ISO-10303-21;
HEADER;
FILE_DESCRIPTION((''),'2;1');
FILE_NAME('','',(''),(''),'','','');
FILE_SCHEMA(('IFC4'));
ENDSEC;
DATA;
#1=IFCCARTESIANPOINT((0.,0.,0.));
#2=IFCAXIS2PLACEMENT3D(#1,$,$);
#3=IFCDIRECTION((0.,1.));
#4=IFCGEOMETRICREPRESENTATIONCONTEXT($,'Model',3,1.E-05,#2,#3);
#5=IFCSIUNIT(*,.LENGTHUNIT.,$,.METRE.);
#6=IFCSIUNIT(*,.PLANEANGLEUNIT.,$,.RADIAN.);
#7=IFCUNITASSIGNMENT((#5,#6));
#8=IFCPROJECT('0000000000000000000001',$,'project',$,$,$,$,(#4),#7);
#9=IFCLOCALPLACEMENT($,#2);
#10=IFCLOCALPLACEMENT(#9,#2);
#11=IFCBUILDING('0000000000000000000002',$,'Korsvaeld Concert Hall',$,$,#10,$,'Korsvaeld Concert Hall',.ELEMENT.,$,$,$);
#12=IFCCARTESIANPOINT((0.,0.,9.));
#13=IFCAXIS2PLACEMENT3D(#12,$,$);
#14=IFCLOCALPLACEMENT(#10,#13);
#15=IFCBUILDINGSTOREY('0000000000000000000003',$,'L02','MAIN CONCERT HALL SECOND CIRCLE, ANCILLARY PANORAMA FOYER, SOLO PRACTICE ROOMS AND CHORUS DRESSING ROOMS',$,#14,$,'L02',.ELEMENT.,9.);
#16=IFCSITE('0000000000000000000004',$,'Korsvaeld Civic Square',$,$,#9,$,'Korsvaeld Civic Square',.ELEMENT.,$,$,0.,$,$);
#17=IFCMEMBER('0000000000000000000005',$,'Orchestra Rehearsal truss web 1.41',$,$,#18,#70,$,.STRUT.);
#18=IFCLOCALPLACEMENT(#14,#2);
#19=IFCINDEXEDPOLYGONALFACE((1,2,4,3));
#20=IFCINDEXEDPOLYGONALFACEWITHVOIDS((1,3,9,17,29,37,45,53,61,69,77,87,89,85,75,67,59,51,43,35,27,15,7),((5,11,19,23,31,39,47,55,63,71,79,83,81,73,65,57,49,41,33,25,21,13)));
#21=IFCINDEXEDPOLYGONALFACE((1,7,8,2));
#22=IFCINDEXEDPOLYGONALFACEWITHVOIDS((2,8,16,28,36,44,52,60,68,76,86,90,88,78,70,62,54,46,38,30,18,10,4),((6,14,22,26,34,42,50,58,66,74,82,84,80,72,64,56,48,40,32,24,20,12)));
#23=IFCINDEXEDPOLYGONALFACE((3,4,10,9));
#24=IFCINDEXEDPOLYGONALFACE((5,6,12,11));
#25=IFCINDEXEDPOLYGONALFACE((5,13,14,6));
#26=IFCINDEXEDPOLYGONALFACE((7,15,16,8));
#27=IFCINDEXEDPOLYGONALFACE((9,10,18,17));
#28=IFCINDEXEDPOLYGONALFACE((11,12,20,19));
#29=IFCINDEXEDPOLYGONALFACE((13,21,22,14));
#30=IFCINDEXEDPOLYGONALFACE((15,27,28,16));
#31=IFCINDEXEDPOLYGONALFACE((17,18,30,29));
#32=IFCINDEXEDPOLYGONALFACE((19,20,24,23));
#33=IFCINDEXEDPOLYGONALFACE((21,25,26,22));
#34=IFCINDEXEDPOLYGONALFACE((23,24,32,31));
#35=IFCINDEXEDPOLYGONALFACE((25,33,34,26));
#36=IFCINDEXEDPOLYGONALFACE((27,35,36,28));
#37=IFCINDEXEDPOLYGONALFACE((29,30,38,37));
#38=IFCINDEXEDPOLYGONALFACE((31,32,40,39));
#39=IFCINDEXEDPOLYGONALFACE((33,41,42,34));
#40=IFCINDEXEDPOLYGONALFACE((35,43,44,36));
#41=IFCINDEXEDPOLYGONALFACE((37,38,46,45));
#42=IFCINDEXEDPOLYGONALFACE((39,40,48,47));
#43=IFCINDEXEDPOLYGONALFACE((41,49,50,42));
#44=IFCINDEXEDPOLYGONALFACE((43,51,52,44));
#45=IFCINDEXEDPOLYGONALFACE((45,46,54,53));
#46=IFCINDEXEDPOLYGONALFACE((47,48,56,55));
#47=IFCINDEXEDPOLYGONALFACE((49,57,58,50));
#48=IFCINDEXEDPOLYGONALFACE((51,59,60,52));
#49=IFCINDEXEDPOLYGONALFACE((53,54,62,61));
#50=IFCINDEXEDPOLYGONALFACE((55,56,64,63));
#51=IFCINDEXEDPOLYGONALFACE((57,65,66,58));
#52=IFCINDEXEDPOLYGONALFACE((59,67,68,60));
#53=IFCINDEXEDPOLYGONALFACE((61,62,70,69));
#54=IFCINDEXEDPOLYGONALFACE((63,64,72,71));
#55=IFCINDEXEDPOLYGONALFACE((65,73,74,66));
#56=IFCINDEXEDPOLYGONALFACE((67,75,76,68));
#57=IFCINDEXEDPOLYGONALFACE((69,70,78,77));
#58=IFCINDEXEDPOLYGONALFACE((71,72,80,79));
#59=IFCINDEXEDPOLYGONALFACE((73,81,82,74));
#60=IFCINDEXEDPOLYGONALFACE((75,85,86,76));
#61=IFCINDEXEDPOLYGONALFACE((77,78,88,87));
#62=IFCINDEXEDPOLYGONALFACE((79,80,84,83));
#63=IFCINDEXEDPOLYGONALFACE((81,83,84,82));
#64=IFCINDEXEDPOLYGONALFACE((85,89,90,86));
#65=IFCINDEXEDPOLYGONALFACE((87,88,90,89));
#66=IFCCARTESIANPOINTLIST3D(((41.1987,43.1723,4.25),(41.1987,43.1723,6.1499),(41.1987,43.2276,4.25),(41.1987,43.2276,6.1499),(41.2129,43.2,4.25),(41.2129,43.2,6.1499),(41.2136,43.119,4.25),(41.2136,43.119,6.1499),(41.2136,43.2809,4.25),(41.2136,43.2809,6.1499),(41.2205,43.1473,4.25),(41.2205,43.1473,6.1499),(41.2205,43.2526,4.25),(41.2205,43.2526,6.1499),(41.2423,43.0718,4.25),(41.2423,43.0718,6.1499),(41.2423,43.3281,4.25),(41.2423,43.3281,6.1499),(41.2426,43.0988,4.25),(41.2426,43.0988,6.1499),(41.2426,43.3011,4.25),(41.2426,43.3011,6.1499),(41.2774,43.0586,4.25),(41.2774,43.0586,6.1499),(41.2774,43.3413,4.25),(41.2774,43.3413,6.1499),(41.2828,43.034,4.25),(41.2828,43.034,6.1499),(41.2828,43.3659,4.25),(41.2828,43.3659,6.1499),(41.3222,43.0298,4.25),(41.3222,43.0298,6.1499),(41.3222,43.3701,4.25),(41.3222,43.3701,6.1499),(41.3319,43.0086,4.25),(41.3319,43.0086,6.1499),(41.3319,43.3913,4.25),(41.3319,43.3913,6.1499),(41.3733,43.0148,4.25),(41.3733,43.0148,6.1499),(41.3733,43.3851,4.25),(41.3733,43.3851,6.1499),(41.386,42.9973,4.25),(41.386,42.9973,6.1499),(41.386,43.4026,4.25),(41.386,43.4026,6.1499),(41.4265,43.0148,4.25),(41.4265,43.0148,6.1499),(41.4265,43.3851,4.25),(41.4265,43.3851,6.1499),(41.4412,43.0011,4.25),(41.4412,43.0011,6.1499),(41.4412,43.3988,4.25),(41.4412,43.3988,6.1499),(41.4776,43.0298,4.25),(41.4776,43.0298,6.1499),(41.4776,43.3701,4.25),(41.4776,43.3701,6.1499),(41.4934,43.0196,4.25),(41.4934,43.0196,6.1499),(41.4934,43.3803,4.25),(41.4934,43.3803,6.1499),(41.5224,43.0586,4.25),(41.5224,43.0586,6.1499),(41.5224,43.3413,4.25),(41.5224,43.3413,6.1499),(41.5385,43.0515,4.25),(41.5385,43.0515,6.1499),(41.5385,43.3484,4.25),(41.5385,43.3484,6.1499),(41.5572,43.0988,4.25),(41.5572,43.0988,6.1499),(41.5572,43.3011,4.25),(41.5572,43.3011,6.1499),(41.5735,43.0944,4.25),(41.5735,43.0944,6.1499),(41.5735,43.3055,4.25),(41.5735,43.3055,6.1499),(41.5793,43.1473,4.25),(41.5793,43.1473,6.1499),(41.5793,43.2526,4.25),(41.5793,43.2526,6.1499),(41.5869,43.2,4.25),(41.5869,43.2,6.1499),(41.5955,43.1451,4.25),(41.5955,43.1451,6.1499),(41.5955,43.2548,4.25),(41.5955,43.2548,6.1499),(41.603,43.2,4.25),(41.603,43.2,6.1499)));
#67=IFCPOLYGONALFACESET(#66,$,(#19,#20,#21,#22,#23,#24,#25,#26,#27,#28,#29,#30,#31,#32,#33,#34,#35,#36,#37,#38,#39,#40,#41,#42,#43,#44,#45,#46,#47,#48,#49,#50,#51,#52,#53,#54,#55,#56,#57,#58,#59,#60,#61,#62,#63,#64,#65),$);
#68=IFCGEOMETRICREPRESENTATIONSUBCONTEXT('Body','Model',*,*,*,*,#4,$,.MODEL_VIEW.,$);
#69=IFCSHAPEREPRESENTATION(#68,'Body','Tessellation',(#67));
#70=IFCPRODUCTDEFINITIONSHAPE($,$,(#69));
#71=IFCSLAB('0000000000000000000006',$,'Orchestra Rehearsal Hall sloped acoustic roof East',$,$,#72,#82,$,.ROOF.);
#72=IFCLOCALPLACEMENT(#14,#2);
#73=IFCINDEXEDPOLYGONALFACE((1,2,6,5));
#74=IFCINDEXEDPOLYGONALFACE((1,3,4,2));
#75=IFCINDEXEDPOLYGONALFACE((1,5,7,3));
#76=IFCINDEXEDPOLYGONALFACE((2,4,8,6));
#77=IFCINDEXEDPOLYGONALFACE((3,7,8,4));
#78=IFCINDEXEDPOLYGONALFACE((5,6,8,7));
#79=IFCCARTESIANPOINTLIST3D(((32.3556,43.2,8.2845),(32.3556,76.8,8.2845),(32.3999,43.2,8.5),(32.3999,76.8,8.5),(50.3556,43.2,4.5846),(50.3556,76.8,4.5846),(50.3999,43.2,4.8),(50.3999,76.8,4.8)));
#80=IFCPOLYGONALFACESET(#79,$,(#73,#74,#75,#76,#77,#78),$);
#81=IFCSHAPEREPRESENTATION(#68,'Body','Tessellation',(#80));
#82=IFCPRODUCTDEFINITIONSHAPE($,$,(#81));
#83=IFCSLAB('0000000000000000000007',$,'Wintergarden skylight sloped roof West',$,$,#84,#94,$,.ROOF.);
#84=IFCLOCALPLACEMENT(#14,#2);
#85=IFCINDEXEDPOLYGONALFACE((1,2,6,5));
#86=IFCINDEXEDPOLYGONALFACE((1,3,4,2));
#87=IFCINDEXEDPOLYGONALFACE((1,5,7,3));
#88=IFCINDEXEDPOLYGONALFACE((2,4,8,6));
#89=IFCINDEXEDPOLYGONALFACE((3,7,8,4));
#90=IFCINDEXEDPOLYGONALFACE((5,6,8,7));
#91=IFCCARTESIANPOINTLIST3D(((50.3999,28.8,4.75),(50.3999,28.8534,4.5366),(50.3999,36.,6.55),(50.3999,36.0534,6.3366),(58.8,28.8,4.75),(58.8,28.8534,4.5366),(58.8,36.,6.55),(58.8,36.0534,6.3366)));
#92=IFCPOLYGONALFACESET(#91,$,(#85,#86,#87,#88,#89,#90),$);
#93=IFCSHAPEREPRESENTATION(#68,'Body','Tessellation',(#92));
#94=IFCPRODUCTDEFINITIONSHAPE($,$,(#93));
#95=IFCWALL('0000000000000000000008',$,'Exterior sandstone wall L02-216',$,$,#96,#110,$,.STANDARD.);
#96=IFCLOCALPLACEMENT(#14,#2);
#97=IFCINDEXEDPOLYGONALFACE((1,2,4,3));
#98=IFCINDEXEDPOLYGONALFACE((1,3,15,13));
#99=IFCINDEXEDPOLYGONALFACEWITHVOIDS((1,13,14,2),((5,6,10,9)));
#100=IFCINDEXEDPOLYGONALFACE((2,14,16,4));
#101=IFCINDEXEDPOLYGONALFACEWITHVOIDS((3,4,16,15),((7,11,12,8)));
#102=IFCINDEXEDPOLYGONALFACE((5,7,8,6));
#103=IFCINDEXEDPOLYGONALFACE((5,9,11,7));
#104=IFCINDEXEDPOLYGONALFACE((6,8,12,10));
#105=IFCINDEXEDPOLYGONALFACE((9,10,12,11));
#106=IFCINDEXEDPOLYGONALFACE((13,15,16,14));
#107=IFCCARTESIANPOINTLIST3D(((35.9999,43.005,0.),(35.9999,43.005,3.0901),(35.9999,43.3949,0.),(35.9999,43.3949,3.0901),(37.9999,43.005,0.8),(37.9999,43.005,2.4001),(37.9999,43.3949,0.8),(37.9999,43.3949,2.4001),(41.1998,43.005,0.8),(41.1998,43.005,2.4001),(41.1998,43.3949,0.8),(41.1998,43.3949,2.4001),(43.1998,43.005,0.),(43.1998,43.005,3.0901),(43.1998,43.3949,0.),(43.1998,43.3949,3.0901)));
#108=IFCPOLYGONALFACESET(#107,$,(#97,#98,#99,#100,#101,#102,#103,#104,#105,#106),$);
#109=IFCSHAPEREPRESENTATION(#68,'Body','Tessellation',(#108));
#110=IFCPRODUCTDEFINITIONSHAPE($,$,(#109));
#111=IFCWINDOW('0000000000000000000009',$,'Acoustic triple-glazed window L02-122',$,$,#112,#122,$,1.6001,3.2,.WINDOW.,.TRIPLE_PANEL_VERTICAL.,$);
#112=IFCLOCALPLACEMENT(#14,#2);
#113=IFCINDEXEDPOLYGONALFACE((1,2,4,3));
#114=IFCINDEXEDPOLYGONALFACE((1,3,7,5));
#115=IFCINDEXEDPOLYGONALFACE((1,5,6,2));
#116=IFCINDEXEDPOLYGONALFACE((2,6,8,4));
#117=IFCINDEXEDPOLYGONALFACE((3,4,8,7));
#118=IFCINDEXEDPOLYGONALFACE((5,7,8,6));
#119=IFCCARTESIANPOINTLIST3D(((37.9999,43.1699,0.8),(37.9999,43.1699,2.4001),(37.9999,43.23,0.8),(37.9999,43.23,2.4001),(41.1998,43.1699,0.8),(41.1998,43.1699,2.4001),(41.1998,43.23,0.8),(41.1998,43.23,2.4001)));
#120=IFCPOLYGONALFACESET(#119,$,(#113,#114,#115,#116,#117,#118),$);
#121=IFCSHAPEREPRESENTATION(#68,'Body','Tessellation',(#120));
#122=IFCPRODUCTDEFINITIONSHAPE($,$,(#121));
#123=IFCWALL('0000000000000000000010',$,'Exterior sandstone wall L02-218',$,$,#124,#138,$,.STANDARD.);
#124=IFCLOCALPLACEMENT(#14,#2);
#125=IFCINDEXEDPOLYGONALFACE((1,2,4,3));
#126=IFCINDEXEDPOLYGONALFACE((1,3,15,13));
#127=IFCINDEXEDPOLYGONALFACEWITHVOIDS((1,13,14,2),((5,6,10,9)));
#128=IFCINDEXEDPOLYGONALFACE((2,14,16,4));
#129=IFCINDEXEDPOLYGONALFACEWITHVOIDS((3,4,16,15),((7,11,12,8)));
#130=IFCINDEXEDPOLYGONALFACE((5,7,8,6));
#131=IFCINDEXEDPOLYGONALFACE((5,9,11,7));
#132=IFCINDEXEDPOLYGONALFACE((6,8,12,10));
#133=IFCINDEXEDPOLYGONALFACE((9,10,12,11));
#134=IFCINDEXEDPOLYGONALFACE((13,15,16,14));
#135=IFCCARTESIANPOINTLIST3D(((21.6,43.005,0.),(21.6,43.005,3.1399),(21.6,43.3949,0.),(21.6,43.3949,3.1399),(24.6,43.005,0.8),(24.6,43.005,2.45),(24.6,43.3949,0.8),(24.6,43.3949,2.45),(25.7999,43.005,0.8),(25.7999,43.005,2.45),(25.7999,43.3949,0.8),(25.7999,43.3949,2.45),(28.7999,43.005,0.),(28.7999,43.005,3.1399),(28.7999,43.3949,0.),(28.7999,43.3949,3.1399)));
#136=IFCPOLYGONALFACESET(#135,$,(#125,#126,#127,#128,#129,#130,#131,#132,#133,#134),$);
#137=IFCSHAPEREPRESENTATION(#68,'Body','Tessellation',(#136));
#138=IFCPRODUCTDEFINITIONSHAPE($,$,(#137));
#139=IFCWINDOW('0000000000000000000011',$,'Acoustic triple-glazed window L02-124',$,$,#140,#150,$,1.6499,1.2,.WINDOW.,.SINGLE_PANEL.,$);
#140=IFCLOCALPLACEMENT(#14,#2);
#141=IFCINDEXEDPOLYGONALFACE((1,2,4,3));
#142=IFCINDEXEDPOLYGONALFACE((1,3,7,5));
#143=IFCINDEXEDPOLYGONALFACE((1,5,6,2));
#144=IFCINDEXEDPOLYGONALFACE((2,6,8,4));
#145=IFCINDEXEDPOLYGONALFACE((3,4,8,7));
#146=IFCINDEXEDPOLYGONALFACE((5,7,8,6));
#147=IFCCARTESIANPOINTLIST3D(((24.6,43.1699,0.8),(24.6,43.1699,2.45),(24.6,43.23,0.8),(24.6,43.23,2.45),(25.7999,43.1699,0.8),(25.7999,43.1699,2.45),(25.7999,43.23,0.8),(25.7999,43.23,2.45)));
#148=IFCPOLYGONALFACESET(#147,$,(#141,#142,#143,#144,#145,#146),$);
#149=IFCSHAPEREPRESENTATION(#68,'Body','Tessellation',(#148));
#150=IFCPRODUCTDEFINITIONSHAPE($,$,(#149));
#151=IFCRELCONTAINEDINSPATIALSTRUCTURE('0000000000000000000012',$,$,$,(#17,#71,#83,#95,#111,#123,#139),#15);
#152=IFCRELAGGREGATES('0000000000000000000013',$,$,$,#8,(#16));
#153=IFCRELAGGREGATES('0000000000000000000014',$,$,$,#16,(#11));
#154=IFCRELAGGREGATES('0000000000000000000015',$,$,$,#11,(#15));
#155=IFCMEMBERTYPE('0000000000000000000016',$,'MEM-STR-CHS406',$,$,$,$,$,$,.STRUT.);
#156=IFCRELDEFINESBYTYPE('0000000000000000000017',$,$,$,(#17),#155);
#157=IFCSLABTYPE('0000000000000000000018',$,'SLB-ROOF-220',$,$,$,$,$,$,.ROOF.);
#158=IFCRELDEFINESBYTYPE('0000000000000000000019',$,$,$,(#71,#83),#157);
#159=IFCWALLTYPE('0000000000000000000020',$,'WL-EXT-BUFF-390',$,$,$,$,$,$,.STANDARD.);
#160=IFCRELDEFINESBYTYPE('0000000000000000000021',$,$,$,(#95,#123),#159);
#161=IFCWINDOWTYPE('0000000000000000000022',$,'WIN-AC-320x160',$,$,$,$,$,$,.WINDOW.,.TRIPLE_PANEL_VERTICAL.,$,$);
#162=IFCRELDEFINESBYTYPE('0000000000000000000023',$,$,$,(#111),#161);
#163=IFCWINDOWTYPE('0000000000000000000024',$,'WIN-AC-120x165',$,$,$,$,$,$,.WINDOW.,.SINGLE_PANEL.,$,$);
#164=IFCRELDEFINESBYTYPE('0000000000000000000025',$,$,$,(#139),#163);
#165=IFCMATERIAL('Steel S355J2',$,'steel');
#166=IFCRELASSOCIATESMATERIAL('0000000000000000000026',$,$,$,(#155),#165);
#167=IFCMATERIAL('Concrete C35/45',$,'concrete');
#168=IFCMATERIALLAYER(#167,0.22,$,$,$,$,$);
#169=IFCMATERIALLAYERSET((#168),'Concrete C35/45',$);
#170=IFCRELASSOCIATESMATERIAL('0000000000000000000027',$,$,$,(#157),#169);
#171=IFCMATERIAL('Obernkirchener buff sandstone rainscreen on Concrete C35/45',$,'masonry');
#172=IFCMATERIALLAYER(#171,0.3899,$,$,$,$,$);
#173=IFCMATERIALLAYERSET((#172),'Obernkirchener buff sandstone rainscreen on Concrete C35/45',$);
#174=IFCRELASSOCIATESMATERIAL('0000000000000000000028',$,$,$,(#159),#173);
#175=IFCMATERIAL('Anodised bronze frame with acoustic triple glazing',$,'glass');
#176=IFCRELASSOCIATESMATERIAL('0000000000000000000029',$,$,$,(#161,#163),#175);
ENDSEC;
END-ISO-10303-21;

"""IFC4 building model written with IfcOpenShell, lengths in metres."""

from ifc_helpers import new_model, si_unit, direction, frame, frame_2d, origin, origin_2d, place, context, subcontext, project, spatial, polyline, rectangle, hollow_circle, outline, extrude, material, layer, layer_set, material_profile, profile_set, type_object, element, fill, save


model = new_model("IFC4")

# Units and contexts
model_context = context("Model", 3, precision=1e-05, world=origin(), true_north=direction((0.0, 1.0)))
body_context = subcontext(model_context, "Body", "Model", "MODEL_VIEW")
ifc_project = project(units=[si_unit("LENGTHUNIT", "METRE"), si_unit("PLANEANGLEUNIT", "RADIAN")], contexts=[model_context])

# Site, building, storey
site_placement = place(None, origin())
site = spatial("IfcSite", under=ifc_project, at=site_placement, Name="Korsvaeld Civic Square", LongName="Korsvaeld Civic Square", CompositionType="ELEMENT", RefElevation=0.0)
building_placement = place(site_placement, origin())
building = spatial("IfcBuilding", under=site, at=building_placement, Name="Korsvaeld Concert Hall", LongName="Korsvaeld Concert Hall", CompositionType="ELEMENT")
storey_placement = place(building_placement, frame((0.0, 0.0, 9.0)))
storey = spatial("IfcBuildingStorey", under=building, at=storey_placement, Name="L02", Description="MAIN CONCERT HALL SECOND CIRCLE, ANCILLARY PANORAMA FOYER, SOLO PRACTICE ROOMS AND CHORUS DRESSING ROOMS", LongName="L02", CompositionType="ELEMENT", Elevation=9.0)

# Shared definitions
ifc_material_1 = material(Name="Concrete C35/45", Category="concrete")

# Member
ifc_material_2 = material(Name="Steel S355J2", Category="steel")
ifc_material_profile_1 = material_profile(ifc_material_2, hollow_circle(Radius=0.2031, WallThickness=0.0161, at=origin_2d()), Name="CHS 406.4x16")
ifc_profile_set_1 = profile_set([ifc_material_profile_1], Name="Steel S355J2")
member_type_1 = type_object("IfcMemberType", Name="MEM-STR-CHS406", PredefinedType="STRUT", material=ifc_profile_set_1)
member_1_placement = place(storey_placement, frame((41.3999, 43.2, 4.25), z_axis=(0.0, 0.0, 1.0), x_axis=(1.0, 0.0, 0.0)))
element("IfcMember", 1, at=member_1_placement, inside=storey, type_object=member_type_1, Name="Orchestra Rehearsal truss web 1.41", PredefinedType="STRUT", context=body_context, shape_type="SweptSolid", body=[
    extrude(hollow_circle(Radius=0.2031, WallThickness=0.0161, at=origin_2d()), origin(), (0.0, 0.0, 1.0), 1.8999),
])

# Slabs
ifc_layer_1 = layer(ifc_material_1, 0.22)
ifc_layer_set_1 = layer_set([ifc_layer_1], Name="Concrete C35/45")
slab_type = type_object("IfcSlabType", Name="SLB-ROOF-220", PredefinedType="ROOF", material=ifc_layer_set_1)
slab_1_placement = place(storey_placement, frame((32.3999, 43.2, 8.5), z_axis=(0.201343, 0.0, 0.979521), x_axis=(0.979521, 0.0, -0.201343)))
element("IfcSlab", 2, at=slab_1_placement, inside=storey, type_object=slab_type, Name="Orchestra Rehearsal Hall sloped acoustic roof East", PredefinedType="ROOF", context=body_context, shape_type="SweptSolid", body=[
    extrude(outline(polyline([(0.0, 0.0), (18.3763, 0.0), (18.3763, 33.6001), (0.0, 33.6001), (0.0, 0.0)])), origin(), (0.0, 0.0, -1.0), 0.22),
])
slab_2_placement = place(storey_placement, frame((50.3999, 28.8, 4.75), z_axis=(0.0, -0.242543, 0.970141), x_axis=(1.0, 0.0, 0.0)))
element("IfcSlab", 3, at=slab_2_placement, inside=storey, type_object=slab_type, Name="Wintergarden skylight sloped roof West", PredefinedType="ROOF", context=body_context, shape_type="SweptSolid", body=[
    extrude(outline(polyline([(0.0, 0.0), (8.4001, 0.0), (8.4001, 7.4216), (0.0, 7.4216), (0.0, 0.0)])), origin(), (0.0, 0.0, -1.0), 0.22),
])

# Walls, openings, windows
ifc_material_3 = material(Name="Obernkirchener buff sandstone rainscreen on Concrete C35/45", Category="masonry")
ifc_layer_2 = layer(ifc_material_3, 0.3899)
ifc_layer_set_2 = layer_set([ifc_layer_2], Name="Obernkirchener buff sandstone rainscreen on Concrete C35/45")
wall_type_1 = type_object("IfcWallType", Name="WL-EXT-BUFF-390", PredefinedType="STANDARD", material=ifc_layer_set_2)
wall_1_placement = place(storey_placement, frame((43.2, 43.2, 0.0), z_axis=(0.0, 0.0, 1.0), x_axis=(-1.0, 0.0, 0.0)))
wall_1 = element("IfcWall", 4, at=wall_1_placement, inside=storey, type_object=wall_type_1, Name="Exterior sandstone wall L02-216", PredefinedType="STANDARD", context=body_context, shape_type="SweptSolid", body=[
    extrude(rectangle(XDim=7.2, YDim=0.3899, at=frame_2d((3.6001, 0.0))), origin(), (0.0, 0.0, 1.0), 3.0901),
])
opening_1_placement = place(wall_1_placement, frame((2.0, 0.0, 0.8)))
opening_1 = element("IfcOpeningElement", 5, at=opening_1_placement, cuts=wall_1, PredefinedType="OPENING", context=body_context, shape_type="SweptSolid", body=[
    extrude(rectangle(XDim=3.2, YDim=1.6001, at=frame_2d((1.6001, 0.8))), frame((0.0, 0.2051, 0.0), z_axis=(0.0, -1.0, 0.0), x_axis=(1.0, 0.0, 0.0)), (0.0, 0.0, 1.0), 0.4099),
])
ifc_material_4 = material(Name="Anodised bronze frame with acoustic triple glazing", Category="glass")
window_type_1 = type_object("IfcWindowType", Name="WIN-AC-320x160", PartitioningType="TRIPLE_PANEL_VERTICAL", PredefinedType="WINDOW", material=ifc_material_4)
window_1_placement = place(opening_1_placement, origin())
window_1 = element("IfcWindow", 6, at=window_1_placement, inside=storey, type_object=window_type_1, Name="Acoustic triple-glazed window L02-122", OverallHeight=1.6001, OverallWidth=3.2, PartitioningType="TRIPLE_PANEL_VERTICAL", PredefinedType="WINDOW", context=body_context, shape_type="SweptSolid", body=[
    extrude(rectangle(XDim=3.2, YDim=1.6001, at=frame_2d((1.6001, 0.8))), frame((0.0, 0.03, 0.0), z_axis=(0.0, -1.0, 0.0), x_axis=(1.0, 0.0, 0.0)), (0.0, 0.0, 1.0), 0.0601),
])
fill(opening_1, window_1)
wall_2_placement = place(storey_placement, frame((28.8, 43.2, 0.0), z_axis=(0.0, 0.0, 1.0), x_axis=(-1.0, 0.0, 0.0)))
wall_2 = element("IfcWall", 7, at=wall_2_placement, inside=storey, type_object=wall_type_1, Name="Exterior sandstone wall L02-218", PredefinedType="STANDARD", context=body_context, shape_type="SweptSolid", body=[
    extrude(rectangle(XDim=7.2, YDim=0.3899, at=frame_2d((3.6001, 0.0))), origin(), (0.0, 0.0, 1.0), 3.1399),
])
opening_2_placement = place(wall_2_placement, frame((3.0, 0.0, 0.8)))
opening_2 = element("IfcOpeningElement", 8, at=opening_2_placement, cuts=wall_2, PredefinedType="OPENING", context=body_context, shape_type="SweptSolid", body=[
    extrude(rectangle(XDim=1.2, YDim=1.6499, at=frame_2d((0.6001, 0.825))), frame((0.0, 0.2051, 0.0), z_axis=(0.0, -1.0, 0.0), x_axis=(1.0, 0.0, 0.0)), (0.0, 0.0, 1.0), 0.4099),
])
window_type_2 = type_object("IfcWindowType", Name="WIN-AC-120x165", PartitioningType="SINGLE_PANEL", PredefinedType="WINDOW", material=ifc_material_4)
window_2_placement = place(opening_2_placement, origin())
window_2 = element("IfcWindow", 9, at=window_2_placement, inside=storey, type_object=window_type_2, Name="Acoustic triple-glazed window L02-124", OverallHeight=1.6499, OverallWidth=1.2, PartitioningType="SINGLE_PANEL", PredefinedType="WINDOW", context=body_context, shape_type="SweptSolid", body=[
    extrude(rectangle(XDim=1.2, YDim=1.6499, at=frame_2d((0.6001, 0.825))), frame((0.0, 0.03, 0.0), z_axis=(0.0, -1.0, 0.0), x_axis=(1.0, 0.0, 0.0)), (0.0, 0.0, 1.0), 0.0601),
])
fill(opening_2, window_2)

save(model, "model.ifc")
